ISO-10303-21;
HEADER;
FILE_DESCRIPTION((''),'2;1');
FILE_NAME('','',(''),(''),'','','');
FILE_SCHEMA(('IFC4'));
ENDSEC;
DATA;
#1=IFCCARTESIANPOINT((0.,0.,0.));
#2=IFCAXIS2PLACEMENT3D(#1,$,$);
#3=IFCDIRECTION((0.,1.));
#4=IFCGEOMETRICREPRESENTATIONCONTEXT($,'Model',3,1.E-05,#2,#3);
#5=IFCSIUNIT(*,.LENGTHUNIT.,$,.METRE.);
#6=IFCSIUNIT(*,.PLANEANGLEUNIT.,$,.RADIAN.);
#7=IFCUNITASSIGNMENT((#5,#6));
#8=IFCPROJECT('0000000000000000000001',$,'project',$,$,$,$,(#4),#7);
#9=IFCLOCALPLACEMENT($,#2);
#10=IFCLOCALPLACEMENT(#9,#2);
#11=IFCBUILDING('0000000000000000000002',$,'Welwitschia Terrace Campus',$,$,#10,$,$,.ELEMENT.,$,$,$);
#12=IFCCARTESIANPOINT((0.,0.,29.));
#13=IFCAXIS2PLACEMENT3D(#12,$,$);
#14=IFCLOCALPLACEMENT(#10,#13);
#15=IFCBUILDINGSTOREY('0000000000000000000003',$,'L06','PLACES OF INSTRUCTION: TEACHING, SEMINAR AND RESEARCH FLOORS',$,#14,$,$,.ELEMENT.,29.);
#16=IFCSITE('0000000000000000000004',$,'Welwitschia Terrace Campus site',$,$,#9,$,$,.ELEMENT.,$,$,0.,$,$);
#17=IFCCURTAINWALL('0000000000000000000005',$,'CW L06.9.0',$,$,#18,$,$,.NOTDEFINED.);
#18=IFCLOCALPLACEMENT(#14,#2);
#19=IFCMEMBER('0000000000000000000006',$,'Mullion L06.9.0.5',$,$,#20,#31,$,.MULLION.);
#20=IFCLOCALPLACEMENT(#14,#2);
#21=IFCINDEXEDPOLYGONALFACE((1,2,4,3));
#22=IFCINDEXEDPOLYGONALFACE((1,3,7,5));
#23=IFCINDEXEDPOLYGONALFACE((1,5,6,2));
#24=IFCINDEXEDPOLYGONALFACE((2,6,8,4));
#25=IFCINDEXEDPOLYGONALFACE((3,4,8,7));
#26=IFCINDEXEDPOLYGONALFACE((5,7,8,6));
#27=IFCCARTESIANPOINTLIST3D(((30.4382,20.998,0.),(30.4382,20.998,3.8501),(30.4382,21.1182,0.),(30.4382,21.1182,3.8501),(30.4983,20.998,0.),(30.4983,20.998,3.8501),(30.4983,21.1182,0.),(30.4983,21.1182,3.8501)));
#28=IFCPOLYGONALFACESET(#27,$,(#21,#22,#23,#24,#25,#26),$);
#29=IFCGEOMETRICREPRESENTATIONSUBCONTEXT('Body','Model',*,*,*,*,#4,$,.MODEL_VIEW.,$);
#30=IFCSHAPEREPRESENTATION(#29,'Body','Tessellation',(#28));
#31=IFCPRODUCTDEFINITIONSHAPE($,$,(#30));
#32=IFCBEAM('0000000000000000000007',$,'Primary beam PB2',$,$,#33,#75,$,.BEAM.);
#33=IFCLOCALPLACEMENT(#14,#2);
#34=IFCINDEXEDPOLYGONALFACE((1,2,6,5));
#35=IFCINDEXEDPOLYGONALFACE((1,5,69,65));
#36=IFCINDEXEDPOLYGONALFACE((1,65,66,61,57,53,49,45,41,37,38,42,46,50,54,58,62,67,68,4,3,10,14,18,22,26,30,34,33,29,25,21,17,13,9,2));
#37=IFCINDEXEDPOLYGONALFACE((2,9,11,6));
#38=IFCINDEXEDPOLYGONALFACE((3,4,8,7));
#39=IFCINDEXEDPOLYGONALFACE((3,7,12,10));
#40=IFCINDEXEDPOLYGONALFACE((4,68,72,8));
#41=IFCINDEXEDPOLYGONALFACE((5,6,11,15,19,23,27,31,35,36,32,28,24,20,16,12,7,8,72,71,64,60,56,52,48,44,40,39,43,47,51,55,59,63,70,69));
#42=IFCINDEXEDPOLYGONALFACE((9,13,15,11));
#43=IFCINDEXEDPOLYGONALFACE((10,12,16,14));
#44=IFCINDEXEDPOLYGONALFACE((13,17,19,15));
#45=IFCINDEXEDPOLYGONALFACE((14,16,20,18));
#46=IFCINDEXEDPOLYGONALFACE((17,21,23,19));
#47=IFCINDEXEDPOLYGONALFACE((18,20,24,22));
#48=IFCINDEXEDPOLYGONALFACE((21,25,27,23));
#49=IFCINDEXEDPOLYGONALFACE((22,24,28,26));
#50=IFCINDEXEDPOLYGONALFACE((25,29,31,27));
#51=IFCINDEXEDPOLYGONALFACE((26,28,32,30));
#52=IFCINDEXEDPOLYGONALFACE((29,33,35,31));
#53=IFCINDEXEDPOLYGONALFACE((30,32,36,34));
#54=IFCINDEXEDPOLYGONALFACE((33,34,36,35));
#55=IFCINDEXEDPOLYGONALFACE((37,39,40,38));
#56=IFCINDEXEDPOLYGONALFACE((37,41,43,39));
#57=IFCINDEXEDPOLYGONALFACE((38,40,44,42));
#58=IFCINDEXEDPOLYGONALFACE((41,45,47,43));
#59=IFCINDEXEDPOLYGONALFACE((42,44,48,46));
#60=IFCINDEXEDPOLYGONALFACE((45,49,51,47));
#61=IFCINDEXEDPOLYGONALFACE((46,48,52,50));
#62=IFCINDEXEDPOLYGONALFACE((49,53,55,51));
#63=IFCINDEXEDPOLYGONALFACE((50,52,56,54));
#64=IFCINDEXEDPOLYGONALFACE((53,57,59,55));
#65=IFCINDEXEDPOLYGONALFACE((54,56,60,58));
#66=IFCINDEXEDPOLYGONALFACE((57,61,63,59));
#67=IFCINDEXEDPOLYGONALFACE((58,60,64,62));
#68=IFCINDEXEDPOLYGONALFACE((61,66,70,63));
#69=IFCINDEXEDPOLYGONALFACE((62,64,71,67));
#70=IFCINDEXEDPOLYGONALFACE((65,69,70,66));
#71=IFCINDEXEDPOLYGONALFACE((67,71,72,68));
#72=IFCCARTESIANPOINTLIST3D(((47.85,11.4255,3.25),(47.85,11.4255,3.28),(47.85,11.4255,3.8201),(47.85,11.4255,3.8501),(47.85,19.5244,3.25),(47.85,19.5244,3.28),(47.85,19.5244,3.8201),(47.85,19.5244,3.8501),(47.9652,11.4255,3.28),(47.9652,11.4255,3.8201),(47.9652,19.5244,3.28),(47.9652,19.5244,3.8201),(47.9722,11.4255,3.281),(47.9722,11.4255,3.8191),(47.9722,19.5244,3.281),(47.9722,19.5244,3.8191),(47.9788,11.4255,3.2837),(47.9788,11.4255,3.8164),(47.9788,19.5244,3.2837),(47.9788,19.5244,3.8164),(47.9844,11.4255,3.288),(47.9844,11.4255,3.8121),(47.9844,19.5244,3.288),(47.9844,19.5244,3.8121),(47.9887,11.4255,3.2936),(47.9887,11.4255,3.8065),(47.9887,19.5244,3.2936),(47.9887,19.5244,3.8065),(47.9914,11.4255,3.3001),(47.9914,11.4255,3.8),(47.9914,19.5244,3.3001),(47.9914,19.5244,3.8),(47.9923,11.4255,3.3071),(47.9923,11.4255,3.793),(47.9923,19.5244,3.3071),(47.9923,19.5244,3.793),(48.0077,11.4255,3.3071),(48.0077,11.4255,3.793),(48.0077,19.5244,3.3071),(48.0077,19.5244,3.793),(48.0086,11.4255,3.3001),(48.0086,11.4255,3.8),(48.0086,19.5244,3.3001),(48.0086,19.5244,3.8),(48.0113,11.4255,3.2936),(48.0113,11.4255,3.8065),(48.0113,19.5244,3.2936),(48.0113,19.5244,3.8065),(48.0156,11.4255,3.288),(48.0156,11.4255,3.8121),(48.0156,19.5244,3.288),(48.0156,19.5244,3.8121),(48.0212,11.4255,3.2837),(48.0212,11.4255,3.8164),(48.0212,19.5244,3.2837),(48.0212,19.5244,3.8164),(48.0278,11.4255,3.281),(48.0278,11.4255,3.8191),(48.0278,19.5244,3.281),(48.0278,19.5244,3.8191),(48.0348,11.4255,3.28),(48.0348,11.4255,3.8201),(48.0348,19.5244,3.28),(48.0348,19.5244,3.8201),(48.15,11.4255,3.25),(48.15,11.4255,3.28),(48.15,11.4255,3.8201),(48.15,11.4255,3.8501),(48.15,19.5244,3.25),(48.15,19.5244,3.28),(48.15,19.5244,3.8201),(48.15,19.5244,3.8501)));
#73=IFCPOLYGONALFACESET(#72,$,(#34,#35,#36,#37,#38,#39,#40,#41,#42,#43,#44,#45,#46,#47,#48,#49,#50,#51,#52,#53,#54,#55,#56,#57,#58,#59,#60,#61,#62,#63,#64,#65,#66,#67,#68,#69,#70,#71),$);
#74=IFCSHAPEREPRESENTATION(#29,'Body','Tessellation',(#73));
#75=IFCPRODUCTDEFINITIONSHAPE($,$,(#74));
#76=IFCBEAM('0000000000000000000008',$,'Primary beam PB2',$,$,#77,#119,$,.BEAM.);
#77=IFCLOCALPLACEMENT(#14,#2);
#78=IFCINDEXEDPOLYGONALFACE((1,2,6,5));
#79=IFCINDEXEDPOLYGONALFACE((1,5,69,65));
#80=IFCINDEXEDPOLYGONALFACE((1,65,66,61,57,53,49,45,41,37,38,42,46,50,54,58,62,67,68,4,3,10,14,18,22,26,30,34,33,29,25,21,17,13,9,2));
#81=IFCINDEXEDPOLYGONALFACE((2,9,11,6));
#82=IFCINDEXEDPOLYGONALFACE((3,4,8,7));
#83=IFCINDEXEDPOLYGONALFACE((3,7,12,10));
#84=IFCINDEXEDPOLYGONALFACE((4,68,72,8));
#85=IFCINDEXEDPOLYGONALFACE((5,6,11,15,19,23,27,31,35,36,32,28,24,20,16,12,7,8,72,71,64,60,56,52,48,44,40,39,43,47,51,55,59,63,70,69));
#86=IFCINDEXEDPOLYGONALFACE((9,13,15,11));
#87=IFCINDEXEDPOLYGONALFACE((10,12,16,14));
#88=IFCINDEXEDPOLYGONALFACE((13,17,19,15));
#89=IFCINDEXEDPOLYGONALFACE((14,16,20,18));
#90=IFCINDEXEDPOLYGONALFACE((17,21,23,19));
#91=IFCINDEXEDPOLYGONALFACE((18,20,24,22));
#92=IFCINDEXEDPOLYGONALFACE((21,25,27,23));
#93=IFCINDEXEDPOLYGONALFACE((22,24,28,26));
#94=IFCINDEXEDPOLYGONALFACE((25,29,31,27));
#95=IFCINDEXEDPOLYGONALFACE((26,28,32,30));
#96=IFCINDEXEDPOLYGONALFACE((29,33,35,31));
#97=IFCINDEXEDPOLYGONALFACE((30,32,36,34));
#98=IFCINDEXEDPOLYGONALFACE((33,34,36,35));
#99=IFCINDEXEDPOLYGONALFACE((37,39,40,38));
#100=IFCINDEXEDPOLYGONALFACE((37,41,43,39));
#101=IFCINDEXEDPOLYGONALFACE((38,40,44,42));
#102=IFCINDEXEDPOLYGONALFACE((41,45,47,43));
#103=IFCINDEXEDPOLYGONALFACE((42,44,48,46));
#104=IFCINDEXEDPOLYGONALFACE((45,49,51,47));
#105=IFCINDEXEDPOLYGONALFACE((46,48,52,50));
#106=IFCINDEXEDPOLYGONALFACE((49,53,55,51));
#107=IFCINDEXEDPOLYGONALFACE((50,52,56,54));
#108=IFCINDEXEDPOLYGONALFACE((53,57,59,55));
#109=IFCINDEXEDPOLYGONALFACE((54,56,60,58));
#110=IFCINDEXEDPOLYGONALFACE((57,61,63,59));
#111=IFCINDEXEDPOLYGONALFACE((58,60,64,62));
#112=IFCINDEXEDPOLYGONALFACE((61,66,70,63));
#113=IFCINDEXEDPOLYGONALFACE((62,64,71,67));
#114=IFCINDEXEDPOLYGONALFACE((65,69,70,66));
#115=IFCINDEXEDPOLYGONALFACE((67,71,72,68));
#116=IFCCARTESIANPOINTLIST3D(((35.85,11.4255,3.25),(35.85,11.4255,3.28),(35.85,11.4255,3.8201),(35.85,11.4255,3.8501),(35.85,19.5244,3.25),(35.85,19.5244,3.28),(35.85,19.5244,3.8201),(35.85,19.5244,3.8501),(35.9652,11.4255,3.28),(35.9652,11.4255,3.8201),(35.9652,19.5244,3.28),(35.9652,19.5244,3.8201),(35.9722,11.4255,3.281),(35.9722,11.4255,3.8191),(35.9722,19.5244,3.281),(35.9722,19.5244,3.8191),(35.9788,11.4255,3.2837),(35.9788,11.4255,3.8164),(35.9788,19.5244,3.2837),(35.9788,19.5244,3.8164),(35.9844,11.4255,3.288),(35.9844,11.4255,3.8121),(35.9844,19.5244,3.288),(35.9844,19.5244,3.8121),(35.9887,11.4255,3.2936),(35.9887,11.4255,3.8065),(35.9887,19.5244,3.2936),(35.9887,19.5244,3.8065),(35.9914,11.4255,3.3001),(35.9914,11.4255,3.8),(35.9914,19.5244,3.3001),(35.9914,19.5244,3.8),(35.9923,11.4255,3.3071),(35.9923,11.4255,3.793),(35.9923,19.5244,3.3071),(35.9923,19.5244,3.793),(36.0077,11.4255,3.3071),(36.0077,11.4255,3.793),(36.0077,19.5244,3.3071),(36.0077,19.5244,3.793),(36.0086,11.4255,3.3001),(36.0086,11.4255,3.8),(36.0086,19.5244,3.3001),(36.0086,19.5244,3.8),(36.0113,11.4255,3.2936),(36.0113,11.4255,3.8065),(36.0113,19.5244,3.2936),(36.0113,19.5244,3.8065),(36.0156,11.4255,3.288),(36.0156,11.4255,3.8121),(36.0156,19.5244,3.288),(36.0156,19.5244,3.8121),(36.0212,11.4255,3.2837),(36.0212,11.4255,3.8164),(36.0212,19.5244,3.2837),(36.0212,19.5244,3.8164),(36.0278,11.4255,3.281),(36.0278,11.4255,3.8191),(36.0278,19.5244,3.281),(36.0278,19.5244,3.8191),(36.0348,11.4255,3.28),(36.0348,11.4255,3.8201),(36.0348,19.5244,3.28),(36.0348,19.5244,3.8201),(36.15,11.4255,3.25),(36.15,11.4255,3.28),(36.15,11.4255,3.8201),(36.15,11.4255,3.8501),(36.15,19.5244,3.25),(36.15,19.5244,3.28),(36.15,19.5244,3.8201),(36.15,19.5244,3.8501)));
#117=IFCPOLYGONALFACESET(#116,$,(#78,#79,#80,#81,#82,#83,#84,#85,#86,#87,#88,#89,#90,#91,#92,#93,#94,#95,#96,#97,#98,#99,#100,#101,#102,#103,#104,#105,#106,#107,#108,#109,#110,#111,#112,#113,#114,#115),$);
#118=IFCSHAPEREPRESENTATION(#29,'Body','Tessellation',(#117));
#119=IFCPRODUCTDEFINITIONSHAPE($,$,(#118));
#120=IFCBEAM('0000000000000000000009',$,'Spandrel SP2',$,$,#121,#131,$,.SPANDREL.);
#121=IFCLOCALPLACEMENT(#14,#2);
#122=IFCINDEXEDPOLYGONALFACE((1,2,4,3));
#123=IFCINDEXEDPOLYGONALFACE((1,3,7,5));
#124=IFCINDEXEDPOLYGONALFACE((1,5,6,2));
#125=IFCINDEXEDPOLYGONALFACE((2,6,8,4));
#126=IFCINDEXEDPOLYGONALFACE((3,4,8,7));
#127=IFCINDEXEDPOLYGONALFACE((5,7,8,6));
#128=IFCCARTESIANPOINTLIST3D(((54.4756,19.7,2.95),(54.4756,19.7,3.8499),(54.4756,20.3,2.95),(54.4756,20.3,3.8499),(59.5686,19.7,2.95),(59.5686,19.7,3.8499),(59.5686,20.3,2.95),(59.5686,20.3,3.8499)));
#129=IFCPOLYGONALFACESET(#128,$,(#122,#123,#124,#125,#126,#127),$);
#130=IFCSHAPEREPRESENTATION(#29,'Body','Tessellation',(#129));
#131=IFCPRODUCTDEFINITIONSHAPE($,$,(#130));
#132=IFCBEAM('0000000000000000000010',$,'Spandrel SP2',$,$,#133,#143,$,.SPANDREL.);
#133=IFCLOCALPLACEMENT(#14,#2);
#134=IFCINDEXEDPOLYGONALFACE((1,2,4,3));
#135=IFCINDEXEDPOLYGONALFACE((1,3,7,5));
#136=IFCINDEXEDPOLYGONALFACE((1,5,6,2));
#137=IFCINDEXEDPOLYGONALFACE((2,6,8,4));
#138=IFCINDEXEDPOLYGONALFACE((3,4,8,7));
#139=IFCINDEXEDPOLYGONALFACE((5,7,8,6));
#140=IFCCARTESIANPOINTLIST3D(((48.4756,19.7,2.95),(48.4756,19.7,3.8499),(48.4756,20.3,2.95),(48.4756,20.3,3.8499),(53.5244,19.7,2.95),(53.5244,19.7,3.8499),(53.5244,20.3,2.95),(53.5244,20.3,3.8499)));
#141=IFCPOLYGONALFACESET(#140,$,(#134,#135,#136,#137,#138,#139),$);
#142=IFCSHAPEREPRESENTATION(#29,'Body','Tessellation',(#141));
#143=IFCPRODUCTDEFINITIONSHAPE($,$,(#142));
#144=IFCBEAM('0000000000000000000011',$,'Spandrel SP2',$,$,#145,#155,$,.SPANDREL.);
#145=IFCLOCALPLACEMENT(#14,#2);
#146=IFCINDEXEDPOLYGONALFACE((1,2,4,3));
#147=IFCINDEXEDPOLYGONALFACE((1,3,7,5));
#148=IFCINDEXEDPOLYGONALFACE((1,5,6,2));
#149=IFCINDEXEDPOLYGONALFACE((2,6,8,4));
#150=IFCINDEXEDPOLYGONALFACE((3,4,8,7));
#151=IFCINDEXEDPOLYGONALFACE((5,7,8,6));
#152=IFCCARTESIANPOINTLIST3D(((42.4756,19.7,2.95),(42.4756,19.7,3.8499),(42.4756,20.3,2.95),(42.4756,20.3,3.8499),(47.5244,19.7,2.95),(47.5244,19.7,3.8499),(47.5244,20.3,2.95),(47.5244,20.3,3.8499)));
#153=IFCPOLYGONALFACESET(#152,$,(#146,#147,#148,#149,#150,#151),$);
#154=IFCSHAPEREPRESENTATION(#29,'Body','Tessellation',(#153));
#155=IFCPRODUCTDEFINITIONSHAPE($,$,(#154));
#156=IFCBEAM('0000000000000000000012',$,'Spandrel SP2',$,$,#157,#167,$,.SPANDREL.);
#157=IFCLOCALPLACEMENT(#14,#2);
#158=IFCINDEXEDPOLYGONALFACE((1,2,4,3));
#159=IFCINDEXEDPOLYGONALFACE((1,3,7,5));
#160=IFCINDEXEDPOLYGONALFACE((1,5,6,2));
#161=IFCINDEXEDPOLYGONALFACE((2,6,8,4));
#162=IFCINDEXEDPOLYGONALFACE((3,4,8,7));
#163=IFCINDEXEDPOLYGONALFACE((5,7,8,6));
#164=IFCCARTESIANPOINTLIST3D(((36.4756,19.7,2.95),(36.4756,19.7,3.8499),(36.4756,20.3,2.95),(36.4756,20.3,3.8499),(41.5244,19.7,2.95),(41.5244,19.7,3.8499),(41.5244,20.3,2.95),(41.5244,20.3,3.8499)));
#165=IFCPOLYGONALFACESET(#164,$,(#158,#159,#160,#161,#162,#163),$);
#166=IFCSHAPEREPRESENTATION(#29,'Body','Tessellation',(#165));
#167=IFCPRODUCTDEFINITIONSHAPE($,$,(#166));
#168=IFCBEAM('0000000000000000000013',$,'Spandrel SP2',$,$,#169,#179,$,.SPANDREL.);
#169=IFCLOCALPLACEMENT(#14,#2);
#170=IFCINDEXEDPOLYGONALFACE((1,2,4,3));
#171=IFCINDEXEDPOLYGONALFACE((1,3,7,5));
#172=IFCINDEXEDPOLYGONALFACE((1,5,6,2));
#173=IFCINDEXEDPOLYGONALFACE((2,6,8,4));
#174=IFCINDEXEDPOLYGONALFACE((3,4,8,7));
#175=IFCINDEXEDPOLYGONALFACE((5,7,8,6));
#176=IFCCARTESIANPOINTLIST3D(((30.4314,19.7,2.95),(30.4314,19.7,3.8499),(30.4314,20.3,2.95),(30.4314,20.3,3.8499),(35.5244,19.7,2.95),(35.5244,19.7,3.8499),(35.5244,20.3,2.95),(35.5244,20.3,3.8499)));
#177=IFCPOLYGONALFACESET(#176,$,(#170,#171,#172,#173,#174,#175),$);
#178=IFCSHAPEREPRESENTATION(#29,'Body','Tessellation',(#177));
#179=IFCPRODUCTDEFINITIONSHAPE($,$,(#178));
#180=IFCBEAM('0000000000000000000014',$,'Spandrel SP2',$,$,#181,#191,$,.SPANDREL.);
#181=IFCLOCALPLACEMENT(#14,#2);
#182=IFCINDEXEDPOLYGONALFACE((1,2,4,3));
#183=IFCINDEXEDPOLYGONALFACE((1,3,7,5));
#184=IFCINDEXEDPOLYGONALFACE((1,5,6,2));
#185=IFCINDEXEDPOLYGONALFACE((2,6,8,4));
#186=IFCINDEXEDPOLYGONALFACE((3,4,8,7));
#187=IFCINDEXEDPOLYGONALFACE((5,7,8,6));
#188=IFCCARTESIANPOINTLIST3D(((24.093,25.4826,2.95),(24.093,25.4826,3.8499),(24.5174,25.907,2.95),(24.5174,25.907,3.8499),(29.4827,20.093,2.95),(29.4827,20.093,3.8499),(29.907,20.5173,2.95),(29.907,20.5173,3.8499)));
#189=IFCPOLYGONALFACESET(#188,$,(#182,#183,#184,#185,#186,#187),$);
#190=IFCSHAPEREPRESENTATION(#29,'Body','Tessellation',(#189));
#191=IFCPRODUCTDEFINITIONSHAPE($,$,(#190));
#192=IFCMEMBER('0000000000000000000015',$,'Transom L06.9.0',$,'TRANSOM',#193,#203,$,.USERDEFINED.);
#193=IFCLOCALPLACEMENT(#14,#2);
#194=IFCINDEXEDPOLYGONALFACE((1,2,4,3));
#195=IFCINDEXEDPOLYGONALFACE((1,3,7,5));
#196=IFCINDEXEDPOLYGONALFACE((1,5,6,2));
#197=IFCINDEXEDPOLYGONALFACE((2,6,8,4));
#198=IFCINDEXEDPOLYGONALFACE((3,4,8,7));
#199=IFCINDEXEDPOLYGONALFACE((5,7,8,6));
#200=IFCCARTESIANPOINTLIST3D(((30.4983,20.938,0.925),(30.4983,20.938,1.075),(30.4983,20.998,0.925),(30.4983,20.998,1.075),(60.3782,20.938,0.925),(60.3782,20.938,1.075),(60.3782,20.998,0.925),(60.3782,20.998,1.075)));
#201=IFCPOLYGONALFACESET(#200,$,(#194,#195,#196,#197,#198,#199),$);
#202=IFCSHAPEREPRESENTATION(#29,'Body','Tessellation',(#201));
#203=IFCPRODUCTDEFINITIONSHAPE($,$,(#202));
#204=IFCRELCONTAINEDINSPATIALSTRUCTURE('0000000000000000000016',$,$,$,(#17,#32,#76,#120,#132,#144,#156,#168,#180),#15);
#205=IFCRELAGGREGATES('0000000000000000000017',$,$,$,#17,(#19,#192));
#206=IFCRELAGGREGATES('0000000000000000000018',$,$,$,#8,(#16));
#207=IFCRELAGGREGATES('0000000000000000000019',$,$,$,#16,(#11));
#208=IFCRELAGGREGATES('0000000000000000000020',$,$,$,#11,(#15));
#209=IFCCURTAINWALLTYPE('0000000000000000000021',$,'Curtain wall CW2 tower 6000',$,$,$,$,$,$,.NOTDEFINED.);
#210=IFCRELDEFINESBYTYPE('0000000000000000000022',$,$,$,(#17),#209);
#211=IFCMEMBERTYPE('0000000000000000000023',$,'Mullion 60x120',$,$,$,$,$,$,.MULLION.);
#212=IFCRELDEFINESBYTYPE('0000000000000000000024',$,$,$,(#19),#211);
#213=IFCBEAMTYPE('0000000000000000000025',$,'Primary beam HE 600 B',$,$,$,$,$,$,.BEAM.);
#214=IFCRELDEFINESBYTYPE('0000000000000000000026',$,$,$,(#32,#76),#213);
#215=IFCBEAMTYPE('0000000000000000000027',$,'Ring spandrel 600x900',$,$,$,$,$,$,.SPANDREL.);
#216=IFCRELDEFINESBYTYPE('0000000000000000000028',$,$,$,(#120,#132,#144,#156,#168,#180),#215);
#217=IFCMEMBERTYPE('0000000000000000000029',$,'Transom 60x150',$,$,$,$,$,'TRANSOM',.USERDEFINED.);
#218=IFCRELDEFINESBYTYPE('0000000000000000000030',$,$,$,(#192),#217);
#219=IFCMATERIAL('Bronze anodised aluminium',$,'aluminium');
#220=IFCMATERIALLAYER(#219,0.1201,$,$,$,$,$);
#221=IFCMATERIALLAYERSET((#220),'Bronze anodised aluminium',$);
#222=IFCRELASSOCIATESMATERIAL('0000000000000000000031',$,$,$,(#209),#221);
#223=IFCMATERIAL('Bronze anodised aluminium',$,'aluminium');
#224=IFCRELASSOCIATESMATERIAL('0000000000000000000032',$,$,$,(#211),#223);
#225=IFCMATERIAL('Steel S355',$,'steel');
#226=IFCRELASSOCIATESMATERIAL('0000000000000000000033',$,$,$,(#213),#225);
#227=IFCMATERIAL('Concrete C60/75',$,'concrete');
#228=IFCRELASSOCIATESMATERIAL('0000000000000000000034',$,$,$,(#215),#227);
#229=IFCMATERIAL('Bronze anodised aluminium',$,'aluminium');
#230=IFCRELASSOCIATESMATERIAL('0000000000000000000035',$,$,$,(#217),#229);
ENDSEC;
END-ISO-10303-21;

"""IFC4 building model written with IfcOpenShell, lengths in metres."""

from ifc_helpers import new_model, si_unit, direction, frame, origin, origin_2d, place, context, subcontext, project, spatial, rectangle, i_section, extrude, material, layer, layer_set, material_profile, profile_set, type_object, element, aggregate, save


model = new_model("IFC4")

# Units and contexts
model_context = context("Model", 3, precision=1e-05, world=origin(), true_north=direction((0.0, 1.0)))
body_context = subcontext(model_context, "Body", "Model", "MODEL_VIEW")
ifc_project = project(units=[si_unit("LENGTHUNIT", "METRE"), si_unit("PLANEANGLEUNIT", "RADIAN")], contexts=[model_context])

# Site, building, storey
site_placement = place(None, origin())
site = spatial("IfcSite", under=ifc_project, at=site_placement, Name="Welwitschia Terrace Campus site", CompositionType="ELEMENT", RefElevation=0.0)
building_placement = place(site_placement, origin())
building = spatial("IfcBuilding", under=site, at=building_placement, Name="Welwitschia Terrace Campus", CompositionType="ELEMENT")
storey_placement = place(building_placement, frame((0.0, 0.0, 29.0)))
storey = spatial("IfcBuildingStorey", under=building, at=storey_placement, Name="L06", Description="PLACES OF INSTRUCTION: TEACHING, SEMINAR AND RESEARCH FLOORS", CompositionType="ELEMENT", Elevation=29.0)

# Shared definitions
ifc_material_1 = material(Name="Bronze anodised aluminium", Category="aluminium")
ifc_layer_1 = layer(ifc_material_1, 0.1201)
ifc_layer_set_1 = layer_set([ifc_layer_1], Name="Bronze anodised aluminium")
curtain_wall_type = type_object("IfcCurtainWallType", Name="Curtain wall CW2 tower 6000", PredefinedType="NOTDEFINED", material=ifc_layer_set_1)
ifc_material_2 = material(Name="Bronze anodised aluminium", Category="aluminium")
ifc_material_profile_1 = material_profile(ifc_material_2, rectangle(XDim=0.1201, YDim=0.0601, at=origin_2d()))
ifc_profile_set_1 = profile_set([ifc_material_profile_1], Name="Bronze anodised aluminium")
member_type_1 = type_object("IfcMemberType", Name="Mullion 60x120", PredefinedType="MULLION", material=ifc_profile_set_1)

# Curtain wall, member
curtain_wall_1_placement = place(storey_placement, origin())
curtain_wall_1 = element("IfcCurtainWall", 1, at=curtain_wall_1_placement, inside=storey, type_object=curtain_wall_type, Name="CW L06.9.0", PredefinedType="NOTDEFINED")
member_1_placement = place(storey_placement, frame((30.4683, 21.0581, 0.0), z_axis=(0.0, 0.0, 1.0), x_axis=(0.0, -1.0, 0.0)))
member_1 = element("IfcMember", 2, at=member_1_placement, type_object=member_type_1, Name="Mullion L06.9.0.5", PredefinedType="MULLION", context=body_context, shape_type="SweptSolid", body=[
    extrude(rectangle(XDim=0.1201, YDim=0.0601, at=origin_2d()), origin(), (0.0, 0.0, 1.0), 3.8501),
])

# Beams
ifc_material_3 = material(Name="Steel S355", Category="steel")
ifc_material_profile_2 = material_profile(ifc_material_3, i_section(OverallWidth=0.3, OverallDepth=0.6001, WebThickness=0.0154, FlangeThickness=0.03, FilletRadius=0.0271, at=origin_2d()))
ifc_profile_set_2 = profile_set([ifc_material_profile_2], Name="Steel S355")
beam_type_1 = type_object("IfcBeamType", Name="Primary beam HE 600 B", PredefinedType="BEAM", material=ifc_profile_set_2)
for number, where, z_axis, x_axis, name in (
    (3, (48.0, 19.5244, 3.55), (0.0, -1.0, 0.0), (1.0, 0.0, 0.0), "Primary beam PB2"),
    (4, (36.0, 19.5244, 3.55), (0.0, -1.0, 0.0), (1.0, 0.0, 0.0), "Primary beam PB2"),
):
    element("IfcBeam", number, at=place(storey_placement, frame(where, z_axis=z_axis, x_axis=x_axis)), inside=storey, type_object=beam_type_1, Name=name, PredefinedType="BEAM", context=body_context, shape_type="SweptSolid", body=[
        extrude(i_section(OverallWidth=0.3, OverallDepth=0.6001, WebThickness=0.0154, FlangeThickness=0.03, FilletRadius=0.0271, at=origin_2d()), origin(), (0.0, 0.0, 1.0), 8.0989),
    ])
ifc_material_4 = material(Name="Concrete C60/75", Category="concrete")
ifc_material_profile_3 = material_profile(ifc_material_4, rectangle(XDim=0.6001, YDim=0.8999, at=origin_2d()))
ifc_profile_set_3 = profile_set([ifc_material_profile_3], Name="Concrete C60/75")
beam_type_2 = type_object("IfcBeamType", Name="Ring spandrel 600x900", PredefinedType="SPANDREL", material=ifc_profile_set_3)
beam_1_placement = place(storey_placement, frame((59.5686, 20.0, 3.3999), z_axis=(-1.0, 0.0, 0.0), x_axis=(0.0, -1.0, 0.0)))
element("IfcBeam", 5, at=beam_1_placement, inside=storey, type_object=beam_type_2, Name="Spandrel SP2", PredefinedType="SPANDREL", context=body_context, shape_type="SweptSolid", body=[
    extrude(rectangle(XDim=0.6001, YDim=0.8999, at=origin_2d()), origin(), (0.0, 0.0, 1.0), 5.093),
])
for number, where, z_axis, x_axis, name in (
    (6, (53.5244, 20.0, 3.3999), (-1.0, 0.0, 0.0), (0.0, -1.0, 0.0), "Spandrel SP2"),
    (7, (47.5244, 20.0, 3.3999), (-1.0, 0.0, 0.0), (0.0, -1.0, 0.0), "Spandrel SP2"),
    (8, (41.5244, 20.0, 3.3999), (-1.0, 0.0, 0.0), (0.0, -1.0, 0.0), "Spandrel SP2"),
):
    element("IfcBeam", number, at=place(storey_placement, frame(where, z_axis=z_axis, x_axis=x_axis)), inside=storey, type_object=beam_type_2, Name=name, PredefinedType="SPANDREL", context=body_context, shape_type="SweptSolid", body=[
        extrude(rectangle(XDim=0.6001, YDim=0.8999, at=origin_2d()), origin(), (0.0, 0.0, 1.0), 5.0488),
    ])
beam_2_placement = place(storey_placement, frame((35.5244, 20.0, 3.3999), z_axis=(-1.0, 0.0, 0.0), x_axis=(0.0, -1.0, 0.0)))
element("IfcBeam", 9, at=beam_2_placement, inside=storey, type_object=beam_type_2, Name="Spandrel SP2", PredefinedType="SPANDREL", context=body_context, shape_type="SweptSolid", body=[
    extrude(rectangle(XDim=0.6001, YDim=0.8999, at=origin_2d()), origin(), (0.0, 0.0, 1.0), 5.093),
])
beam_3_placement = place(storey_placement, frame((29.6948, 20.3052, 3.3999), z_axis=(-0.707107, 0.707107, 0.0), x_axis=(-0.707107, -0.707107, 0.0)))
element("IfcBeam", 10, at=beam_3_placement, inside=storey, type_object=beam_type_2, Name="Spandrel SP2", PredefinedType="SPANDREL", context=body_context, shape_type="SweptSolid", body=[
    extrude(rectangle(XDim=0.6001, YDim=0.8999, at=origin_2d()), origin(), (0.0, 0.0, 1.0), 7.6221),
])

# Member
ifc_material_5 = material(Name="Bronze anodised aluminium", Category="aluminium")
ifc_material_profile_4 = material_profile(ifc_material_5, rectangle(XDim=0.0601, YDim=0.1499, at=origin_2d()))
ifc_profile_set_4 = profile_set([ifc_material_profile_4], Name="Bronze anodised aluminium")
member_type_2 = type_object("IfcMemberType", Name="Transom 60x150", ElementType="TRANSOM", PredefinedType="USERDEFINED", material=ifc_profile_set_4)
member_2_placement = place(storey_placement, frame((60.3782, 20.968, 1.0), z_axis=(-1.0, 0.0, 0.0), x_axis=(0.0, -1.0, 0.0)))
member_2 = element("IfcMember", 11, at=member_2_placement, type_object=member_type_2, Name="Transom L06.9.0", ObjectType="TRANSOM", PredefinedType="USERDEFINED", context=body_context, shape_type="SweptSolid", body=[
    extrude(rectangle(XDim=0.0601, YDim=0.1499, at=origin_2d()), origin(), (0.0, 0.0, 1.0), 29.8799),
])

aggregate(curtain_wall_1, [member_1, member_2])

save(model, "model.ifc")
